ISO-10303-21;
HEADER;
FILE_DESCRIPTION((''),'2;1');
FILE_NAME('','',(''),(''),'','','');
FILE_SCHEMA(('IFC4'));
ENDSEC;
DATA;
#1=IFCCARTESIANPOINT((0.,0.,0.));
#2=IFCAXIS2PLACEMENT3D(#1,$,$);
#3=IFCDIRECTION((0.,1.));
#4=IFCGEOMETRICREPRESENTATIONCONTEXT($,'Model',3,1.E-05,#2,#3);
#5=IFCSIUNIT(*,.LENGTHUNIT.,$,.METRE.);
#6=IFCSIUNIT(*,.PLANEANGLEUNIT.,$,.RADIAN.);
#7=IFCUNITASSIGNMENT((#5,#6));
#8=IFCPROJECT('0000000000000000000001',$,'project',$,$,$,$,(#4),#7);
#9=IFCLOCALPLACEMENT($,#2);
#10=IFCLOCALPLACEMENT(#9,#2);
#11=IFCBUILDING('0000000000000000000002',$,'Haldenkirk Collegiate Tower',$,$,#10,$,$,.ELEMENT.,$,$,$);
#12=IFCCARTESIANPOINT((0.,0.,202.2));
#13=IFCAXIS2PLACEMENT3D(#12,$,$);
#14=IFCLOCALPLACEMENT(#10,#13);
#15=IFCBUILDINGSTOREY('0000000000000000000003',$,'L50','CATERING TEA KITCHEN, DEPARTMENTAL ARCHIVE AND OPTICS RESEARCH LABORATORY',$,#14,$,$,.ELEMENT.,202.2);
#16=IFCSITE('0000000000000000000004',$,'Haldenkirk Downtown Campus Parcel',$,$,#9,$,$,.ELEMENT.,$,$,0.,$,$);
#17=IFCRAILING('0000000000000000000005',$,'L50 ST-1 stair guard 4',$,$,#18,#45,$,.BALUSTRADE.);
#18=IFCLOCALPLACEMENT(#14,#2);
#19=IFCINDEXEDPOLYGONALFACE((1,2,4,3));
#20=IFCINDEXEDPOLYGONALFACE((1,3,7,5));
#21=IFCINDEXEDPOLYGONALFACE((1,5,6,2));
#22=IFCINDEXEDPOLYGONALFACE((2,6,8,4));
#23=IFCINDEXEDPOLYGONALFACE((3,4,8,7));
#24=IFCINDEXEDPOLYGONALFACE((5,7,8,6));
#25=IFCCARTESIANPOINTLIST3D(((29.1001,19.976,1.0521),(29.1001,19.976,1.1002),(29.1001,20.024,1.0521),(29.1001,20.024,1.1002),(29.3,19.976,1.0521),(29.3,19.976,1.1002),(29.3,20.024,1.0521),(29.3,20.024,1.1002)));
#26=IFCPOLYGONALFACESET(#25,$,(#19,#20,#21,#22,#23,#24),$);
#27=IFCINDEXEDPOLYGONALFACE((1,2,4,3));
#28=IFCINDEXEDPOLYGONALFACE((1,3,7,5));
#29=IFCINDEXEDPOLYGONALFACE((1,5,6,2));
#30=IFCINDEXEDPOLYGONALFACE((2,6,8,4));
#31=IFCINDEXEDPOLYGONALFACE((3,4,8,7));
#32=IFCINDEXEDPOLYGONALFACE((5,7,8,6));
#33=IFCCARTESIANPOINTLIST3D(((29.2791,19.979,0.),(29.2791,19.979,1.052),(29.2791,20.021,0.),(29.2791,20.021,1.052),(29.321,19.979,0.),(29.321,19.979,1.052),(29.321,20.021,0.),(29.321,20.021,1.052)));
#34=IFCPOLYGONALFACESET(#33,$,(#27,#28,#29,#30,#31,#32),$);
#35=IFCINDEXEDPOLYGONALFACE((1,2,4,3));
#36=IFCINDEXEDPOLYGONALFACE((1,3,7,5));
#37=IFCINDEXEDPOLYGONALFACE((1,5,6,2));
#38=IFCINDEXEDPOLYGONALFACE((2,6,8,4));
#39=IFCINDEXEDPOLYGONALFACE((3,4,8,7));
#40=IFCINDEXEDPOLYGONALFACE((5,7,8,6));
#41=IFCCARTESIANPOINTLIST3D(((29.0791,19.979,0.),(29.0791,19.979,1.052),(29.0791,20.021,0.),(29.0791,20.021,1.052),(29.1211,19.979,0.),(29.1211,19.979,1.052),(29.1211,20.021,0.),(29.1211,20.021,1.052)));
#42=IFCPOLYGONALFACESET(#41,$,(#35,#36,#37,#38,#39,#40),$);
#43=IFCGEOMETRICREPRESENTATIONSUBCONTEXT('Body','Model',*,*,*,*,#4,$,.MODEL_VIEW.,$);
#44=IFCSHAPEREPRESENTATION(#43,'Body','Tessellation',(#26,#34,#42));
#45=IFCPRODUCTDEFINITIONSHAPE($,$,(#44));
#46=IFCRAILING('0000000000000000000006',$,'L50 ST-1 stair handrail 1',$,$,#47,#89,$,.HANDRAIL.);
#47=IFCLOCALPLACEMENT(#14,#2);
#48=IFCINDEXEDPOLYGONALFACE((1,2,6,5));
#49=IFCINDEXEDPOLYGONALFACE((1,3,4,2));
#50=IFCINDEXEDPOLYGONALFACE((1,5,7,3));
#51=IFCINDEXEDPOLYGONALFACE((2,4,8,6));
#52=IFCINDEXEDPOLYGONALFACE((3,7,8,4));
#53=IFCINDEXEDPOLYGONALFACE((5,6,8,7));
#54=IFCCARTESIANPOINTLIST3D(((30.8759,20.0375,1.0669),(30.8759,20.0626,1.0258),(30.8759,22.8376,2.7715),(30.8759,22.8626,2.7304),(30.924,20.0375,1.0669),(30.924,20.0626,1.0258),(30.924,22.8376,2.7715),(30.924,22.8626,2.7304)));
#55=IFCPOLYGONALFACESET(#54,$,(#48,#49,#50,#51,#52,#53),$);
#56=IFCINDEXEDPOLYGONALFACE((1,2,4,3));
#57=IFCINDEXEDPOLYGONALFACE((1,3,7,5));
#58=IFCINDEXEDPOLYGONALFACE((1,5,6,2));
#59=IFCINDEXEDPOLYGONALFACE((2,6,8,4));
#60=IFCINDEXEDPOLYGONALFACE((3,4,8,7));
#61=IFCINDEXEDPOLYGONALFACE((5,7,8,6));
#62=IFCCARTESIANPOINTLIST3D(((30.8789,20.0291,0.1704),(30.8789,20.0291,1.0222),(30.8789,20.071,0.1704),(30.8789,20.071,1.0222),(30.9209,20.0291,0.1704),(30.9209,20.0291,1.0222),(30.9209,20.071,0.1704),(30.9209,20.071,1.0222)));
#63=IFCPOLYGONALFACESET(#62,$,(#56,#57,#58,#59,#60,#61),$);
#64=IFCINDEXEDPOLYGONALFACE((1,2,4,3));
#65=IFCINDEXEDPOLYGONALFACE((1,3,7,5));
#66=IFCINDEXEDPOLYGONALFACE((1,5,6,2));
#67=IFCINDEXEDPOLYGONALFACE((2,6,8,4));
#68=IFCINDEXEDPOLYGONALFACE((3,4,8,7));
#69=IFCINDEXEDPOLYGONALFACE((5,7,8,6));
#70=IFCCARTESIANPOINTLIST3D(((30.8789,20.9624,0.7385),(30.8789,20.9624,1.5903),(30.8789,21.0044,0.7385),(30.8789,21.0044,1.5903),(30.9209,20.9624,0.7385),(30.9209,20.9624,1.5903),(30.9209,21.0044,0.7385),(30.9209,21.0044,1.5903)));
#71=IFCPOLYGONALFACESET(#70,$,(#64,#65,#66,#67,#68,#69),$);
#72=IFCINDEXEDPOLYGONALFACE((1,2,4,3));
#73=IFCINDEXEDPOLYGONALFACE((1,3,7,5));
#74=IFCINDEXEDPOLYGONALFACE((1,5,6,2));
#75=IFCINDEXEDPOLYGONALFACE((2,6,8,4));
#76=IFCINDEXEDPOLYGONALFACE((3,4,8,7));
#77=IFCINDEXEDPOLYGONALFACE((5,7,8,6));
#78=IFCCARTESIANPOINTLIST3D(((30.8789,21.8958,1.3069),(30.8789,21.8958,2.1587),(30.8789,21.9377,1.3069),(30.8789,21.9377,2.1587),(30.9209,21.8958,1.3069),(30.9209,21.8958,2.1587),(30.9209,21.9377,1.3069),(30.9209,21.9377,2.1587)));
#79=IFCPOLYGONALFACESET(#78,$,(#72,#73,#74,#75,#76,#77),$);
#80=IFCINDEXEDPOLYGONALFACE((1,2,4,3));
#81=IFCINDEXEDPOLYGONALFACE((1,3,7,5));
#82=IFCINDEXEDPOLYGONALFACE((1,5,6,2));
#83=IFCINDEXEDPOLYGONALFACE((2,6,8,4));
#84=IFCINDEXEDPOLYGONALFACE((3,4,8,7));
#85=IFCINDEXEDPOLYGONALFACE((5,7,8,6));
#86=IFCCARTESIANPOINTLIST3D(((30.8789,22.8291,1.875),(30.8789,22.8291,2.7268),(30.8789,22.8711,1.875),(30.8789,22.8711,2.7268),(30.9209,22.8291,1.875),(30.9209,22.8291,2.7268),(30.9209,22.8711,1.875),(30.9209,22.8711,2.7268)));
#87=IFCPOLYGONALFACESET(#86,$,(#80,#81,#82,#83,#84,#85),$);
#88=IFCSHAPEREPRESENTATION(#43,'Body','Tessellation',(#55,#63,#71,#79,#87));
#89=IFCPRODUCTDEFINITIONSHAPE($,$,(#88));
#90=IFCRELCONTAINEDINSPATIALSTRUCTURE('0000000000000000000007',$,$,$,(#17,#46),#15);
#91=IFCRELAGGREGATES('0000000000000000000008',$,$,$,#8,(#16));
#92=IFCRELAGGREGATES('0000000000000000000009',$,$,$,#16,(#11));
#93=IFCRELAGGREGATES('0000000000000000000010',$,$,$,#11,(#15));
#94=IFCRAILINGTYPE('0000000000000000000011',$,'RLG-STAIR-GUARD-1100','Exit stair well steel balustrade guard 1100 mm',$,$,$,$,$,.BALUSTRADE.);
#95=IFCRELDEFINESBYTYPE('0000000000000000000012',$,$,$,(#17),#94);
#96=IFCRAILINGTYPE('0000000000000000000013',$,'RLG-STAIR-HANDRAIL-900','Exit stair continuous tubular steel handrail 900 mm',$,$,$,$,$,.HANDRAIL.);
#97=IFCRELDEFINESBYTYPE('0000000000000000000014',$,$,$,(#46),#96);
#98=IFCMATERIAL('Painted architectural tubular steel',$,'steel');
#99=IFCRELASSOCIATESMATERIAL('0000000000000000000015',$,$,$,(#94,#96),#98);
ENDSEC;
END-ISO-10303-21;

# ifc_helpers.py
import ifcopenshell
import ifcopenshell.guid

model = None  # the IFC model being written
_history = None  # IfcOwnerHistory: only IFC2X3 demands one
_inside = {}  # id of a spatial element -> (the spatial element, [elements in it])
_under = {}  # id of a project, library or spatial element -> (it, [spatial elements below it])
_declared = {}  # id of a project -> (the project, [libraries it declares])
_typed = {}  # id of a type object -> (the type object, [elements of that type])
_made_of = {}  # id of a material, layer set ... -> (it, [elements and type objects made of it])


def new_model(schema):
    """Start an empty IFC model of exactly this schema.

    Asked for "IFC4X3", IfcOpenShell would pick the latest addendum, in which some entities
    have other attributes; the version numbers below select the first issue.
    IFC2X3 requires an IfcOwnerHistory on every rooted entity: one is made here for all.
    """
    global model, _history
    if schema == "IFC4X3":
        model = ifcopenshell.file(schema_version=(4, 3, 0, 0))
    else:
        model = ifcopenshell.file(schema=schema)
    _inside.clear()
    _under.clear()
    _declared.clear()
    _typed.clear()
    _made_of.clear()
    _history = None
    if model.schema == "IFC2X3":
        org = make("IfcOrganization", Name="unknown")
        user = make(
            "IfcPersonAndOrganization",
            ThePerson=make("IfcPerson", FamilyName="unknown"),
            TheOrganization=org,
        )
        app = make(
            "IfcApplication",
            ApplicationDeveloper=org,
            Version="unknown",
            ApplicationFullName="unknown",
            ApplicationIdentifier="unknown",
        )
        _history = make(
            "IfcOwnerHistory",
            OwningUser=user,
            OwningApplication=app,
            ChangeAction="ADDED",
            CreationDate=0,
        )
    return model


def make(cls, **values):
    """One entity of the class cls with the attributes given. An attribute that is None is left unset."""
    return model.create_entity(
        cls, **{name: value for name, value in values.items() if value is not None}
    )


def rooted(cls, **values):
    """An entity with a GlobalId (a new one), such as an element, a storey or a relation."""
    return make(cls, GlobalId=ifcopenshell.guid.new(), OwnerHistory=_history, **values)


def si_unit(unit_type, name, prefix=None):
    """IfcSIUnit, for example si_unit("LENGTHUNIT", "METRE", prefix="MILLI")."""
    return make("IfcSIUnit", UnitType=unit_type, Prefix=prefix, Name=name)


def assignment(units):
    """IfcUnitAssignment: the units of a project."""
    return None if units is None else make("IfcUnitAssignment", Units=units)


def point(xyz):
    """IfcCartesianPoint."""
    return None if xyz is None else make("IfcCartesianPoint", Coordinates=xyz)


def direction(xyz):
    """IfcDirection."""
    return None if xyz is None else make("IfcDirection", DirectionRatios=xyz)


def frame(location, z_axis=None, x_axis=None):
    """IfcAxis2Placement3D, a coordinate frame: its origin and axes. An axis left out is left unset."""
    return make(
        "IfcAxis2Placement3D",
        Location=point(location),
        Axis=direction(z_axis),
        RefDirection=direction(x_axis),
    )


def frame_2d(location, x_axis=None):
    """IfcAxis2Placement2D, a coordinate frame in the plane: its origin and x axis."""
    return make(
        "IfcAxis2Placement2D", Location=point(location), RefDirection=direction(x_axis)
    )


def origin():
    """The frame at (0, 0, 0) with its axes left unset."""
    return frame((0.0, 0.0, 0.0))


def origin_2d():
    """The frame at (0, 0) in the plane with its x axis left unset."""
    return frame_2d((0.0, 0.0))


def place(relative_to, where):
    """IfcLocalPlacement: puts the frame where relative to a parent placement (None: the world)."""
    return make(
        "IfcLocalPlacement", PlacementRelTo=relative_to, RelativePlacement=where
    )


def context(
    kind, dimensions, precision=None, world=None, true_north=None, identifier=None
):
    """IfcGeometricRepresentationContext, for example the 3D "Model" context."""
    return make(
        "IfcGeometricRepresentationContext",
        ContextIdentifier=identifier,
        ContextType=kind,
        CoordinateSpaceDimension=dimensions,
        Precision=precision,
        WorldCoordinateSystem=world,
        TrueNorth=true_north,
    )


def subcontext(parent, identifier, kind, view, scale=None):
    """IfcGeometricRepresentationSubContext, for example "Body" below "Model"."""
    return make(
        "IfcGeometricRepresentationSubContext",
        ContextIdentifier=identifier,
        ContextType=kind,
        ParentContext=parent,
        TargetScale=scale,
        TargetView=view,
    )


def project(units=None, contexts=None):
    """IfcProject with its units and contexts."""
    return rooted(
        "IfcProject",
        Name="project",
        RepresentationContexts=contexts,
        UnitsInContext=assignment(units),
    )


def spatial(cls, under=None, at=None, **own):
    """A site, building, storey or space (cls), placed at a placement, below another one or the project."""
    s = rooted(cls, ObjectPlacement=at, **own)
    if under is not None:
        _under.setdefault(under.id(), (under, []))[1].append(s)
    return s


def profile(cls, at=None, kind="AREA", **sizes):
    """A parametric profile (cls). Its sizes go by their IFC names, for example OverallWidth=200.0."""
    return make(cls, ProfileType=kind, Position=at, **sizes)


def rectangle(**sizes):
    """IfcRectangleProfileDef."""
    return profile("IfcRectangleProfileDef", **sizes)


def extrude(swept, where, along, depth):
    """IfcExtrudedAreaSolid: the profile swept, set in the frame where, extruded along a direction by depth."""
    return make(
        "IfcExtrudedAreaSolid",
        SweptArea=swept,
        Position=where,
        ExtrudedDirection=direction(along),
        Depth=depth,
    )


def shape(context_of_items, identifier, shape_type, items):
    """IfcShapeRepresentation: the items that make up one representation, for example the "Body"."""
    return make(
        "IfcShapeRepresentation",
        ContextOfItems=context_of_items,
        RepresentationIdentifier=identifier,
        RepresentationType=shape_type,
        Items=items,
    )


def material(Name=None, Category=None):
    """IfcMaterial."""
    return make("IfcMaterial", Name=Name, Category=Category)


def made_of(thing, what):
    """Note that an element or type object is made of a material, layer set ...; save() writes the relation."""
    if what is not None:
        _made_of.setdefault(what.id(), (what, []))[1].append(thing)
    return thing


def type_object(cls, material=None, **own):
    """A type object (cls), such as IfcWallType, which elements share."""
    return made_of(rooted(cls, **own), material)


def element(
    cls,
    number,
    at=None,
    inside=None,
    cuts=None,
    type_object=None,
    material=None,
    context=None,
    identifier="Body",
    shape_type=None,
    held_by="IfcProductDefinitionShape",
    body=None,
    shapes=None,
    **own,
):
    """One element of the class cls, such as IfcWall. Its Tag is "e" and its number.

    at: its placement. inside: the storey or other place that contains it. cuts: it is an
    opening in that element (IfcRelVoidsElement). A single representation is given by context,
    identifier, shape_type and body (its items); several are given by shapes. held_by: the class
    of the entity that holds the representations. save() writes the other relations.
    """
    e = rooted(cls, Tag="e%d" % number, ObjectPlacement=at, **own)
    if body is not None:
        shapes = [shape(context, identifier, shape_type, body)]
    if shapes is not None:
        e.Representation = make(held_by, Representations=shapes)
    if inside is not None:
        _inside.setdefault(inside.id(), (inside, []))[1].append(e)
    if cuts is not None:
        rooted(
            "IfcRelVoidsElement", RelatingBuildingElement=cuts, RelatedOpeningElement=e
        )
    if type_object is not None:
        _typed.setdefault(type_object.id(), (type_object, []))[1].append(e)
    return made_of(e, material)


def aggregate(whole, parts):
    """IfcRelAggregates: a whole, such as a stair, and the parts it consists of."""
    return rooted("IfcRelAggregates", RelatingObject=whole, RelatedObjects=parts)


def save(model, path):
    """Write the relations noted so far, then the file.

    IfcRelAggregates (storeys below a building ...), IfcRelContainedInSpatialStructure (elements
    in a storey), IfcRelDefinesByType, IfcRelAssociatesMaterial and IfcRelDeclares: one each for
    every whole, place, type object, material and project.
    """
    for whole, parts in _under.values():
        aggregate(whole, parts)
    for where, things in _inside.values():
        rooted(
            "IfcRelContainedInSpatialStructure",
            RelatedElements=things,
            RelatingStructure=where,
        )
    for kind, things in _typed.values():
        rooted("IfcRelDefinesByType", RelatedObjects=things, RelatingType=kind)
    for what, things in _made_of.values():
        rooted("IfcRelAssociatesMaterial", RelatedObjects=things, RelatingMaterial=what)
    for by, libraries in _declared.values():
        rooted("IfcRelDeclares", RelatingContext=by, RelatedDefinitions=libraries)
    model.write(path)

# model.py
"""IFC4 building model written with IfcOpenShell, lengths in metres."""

from ifc_helpers import new_model, si_unit, direction, frame, origin, origin_2d, place, context, subcontext, project, spatial, rectangle, extrude, material, type_object, element, save


model = new_model("IFC4")

# Units and contexts
model_context = context("Model", 3, precision=1e-05, world=origin(), true_north=direction((0.0, 1.0)))
body_context = subcontext(model_context, "Body", "Model", "MODEL_VIEW")
ifc_project = project(units=[si_unit("LENGTHUNIT", "METRE"), si_unit("PLANEANGLEUNIT", "RADIAN")], contexts=[model_context])

# Site, building, storey
site_placement = place(None, origin())
site = spatial("IfcSite", under=ifc_project, at=site_placement, Name="Haldenkirk Downtown Campus Parcel", CompositionType="ELEMENT", RefElevation=0.0)
building_placement = place(site_placement, origin())
building = spatial("IfcBuilding", under=site, at=building_placement, Name="Haldenkirk Collegiate Tower", CompositionType="ELEMENT")
storey_placement = place(building_placement, frame((0.0, 0.0, 202.2)))
storey = spatial("IfcBuildingStorey", under=building, at=storey_placement, Name="L50", Description="CATERING TEA KITCHEN, DEPARTMENTAL ARCHIVE AND OPTICS RESEARCH LABORATORY", CompositionType="ELEMENT", Elevation=202.2)

# Railings
ifc_material_1 = material(Name="Painted architectural tubular steel", Category="steel")
railing_type_1 = type_object("IfcRailingType", Name="RLG-STAIR-GUARD-1100", Description="Exit stair well steel balustrade guard 1100 mm", PredefinedType="BALUSTRADE", material=ifc_material_1)
railing_1_placement = place(storey_placement, frame((29.3, 20.0, 0.0)))
element("IfcRailing", 1, at=railing_1_placement, inside=storey, type_object=railing_type_1, Name="L50 ST-1 stair guard 4", PredefinedType="BALUSTRADE", context=body_context, shape_type="SweptSolid", body=[
    extrude(rectangle(XDim=0.0481, YDim=0.0481, at=origin_2d()), frame((0.0, 0.0, 1.0762), z_axis=(-1.0, 0.0, 0.0), x_axis=(0.0, -1.0, 0.0)), (0.0, 0.0, 1.0), 0.2),
    extrude(rectangle(XDim=0.042, YDim=0.042, at=origin_2d()), origin(), (0.0, 0.0, 1.0), 1.052),
    extrude(rectangle(XDim=0.042, YDim=0.042, at=origin_2d()), frame((-0.2, 0.0, 0.0)), (0.0, 0.0, 1.0), 1.052),
])
railing_type_2 = type_object("IfcRailingType", Name="RLG-STAIR-HANDRAIL-900", Description="Exit stair continuous tubular steel handrail 900 mm", PredefinedType="HANDRAIL", material=ifc_material_1)
railing_2_placement = place(storey_placement, frame((30.8999, 20.05, 0.1704)))
element("IfcRailing", 2, at=railing_2_placement, inside=storey, type_object=railing_type_2, Name="L50 ST-1 stair handrail 1", PredefinedType="HANDRAIL", context=body_context, shape_type="SweptSolid", body=[
    extrude(rectangle(XDim=0.0481, YDim=0.0481, at=origin_2d()), frame((0.0, 0.0, 0.876), z_axis=(0.0, 0.85417, 0.519994), x_axis=(-1.0, 0.0, 0.0)), (0.0, 0.0, 1.0), 3.2781),
    extrude(rectangle(XDim=0.042, YDim=0.042, at=origin_2d()), origin(), (0.0, 0.0, 1.0), 0.8518),
    extrude(rectangle(XDim=0.042, YDim=0.042, at=origin_2d()), frame((0.0, 0.9333, 0.5681)), (0.0, 0.0, 1.0), 0.8518),
    extrude(rectangle(XDim=0.042, YDim=0.042, at=origin_2d()), frame((0.0, 1.8667, 1.1365)), (0.0, 0.0, 1.0), 0.8518),
    extrude(rectangle(XDim=0.042, YDim=0.042, at=origin_2d()), frame((0.0, 2.8, 1.7046)), (0.0, 0.0, 1.0), 0.8518),
])

save(model, "model.ifc")
